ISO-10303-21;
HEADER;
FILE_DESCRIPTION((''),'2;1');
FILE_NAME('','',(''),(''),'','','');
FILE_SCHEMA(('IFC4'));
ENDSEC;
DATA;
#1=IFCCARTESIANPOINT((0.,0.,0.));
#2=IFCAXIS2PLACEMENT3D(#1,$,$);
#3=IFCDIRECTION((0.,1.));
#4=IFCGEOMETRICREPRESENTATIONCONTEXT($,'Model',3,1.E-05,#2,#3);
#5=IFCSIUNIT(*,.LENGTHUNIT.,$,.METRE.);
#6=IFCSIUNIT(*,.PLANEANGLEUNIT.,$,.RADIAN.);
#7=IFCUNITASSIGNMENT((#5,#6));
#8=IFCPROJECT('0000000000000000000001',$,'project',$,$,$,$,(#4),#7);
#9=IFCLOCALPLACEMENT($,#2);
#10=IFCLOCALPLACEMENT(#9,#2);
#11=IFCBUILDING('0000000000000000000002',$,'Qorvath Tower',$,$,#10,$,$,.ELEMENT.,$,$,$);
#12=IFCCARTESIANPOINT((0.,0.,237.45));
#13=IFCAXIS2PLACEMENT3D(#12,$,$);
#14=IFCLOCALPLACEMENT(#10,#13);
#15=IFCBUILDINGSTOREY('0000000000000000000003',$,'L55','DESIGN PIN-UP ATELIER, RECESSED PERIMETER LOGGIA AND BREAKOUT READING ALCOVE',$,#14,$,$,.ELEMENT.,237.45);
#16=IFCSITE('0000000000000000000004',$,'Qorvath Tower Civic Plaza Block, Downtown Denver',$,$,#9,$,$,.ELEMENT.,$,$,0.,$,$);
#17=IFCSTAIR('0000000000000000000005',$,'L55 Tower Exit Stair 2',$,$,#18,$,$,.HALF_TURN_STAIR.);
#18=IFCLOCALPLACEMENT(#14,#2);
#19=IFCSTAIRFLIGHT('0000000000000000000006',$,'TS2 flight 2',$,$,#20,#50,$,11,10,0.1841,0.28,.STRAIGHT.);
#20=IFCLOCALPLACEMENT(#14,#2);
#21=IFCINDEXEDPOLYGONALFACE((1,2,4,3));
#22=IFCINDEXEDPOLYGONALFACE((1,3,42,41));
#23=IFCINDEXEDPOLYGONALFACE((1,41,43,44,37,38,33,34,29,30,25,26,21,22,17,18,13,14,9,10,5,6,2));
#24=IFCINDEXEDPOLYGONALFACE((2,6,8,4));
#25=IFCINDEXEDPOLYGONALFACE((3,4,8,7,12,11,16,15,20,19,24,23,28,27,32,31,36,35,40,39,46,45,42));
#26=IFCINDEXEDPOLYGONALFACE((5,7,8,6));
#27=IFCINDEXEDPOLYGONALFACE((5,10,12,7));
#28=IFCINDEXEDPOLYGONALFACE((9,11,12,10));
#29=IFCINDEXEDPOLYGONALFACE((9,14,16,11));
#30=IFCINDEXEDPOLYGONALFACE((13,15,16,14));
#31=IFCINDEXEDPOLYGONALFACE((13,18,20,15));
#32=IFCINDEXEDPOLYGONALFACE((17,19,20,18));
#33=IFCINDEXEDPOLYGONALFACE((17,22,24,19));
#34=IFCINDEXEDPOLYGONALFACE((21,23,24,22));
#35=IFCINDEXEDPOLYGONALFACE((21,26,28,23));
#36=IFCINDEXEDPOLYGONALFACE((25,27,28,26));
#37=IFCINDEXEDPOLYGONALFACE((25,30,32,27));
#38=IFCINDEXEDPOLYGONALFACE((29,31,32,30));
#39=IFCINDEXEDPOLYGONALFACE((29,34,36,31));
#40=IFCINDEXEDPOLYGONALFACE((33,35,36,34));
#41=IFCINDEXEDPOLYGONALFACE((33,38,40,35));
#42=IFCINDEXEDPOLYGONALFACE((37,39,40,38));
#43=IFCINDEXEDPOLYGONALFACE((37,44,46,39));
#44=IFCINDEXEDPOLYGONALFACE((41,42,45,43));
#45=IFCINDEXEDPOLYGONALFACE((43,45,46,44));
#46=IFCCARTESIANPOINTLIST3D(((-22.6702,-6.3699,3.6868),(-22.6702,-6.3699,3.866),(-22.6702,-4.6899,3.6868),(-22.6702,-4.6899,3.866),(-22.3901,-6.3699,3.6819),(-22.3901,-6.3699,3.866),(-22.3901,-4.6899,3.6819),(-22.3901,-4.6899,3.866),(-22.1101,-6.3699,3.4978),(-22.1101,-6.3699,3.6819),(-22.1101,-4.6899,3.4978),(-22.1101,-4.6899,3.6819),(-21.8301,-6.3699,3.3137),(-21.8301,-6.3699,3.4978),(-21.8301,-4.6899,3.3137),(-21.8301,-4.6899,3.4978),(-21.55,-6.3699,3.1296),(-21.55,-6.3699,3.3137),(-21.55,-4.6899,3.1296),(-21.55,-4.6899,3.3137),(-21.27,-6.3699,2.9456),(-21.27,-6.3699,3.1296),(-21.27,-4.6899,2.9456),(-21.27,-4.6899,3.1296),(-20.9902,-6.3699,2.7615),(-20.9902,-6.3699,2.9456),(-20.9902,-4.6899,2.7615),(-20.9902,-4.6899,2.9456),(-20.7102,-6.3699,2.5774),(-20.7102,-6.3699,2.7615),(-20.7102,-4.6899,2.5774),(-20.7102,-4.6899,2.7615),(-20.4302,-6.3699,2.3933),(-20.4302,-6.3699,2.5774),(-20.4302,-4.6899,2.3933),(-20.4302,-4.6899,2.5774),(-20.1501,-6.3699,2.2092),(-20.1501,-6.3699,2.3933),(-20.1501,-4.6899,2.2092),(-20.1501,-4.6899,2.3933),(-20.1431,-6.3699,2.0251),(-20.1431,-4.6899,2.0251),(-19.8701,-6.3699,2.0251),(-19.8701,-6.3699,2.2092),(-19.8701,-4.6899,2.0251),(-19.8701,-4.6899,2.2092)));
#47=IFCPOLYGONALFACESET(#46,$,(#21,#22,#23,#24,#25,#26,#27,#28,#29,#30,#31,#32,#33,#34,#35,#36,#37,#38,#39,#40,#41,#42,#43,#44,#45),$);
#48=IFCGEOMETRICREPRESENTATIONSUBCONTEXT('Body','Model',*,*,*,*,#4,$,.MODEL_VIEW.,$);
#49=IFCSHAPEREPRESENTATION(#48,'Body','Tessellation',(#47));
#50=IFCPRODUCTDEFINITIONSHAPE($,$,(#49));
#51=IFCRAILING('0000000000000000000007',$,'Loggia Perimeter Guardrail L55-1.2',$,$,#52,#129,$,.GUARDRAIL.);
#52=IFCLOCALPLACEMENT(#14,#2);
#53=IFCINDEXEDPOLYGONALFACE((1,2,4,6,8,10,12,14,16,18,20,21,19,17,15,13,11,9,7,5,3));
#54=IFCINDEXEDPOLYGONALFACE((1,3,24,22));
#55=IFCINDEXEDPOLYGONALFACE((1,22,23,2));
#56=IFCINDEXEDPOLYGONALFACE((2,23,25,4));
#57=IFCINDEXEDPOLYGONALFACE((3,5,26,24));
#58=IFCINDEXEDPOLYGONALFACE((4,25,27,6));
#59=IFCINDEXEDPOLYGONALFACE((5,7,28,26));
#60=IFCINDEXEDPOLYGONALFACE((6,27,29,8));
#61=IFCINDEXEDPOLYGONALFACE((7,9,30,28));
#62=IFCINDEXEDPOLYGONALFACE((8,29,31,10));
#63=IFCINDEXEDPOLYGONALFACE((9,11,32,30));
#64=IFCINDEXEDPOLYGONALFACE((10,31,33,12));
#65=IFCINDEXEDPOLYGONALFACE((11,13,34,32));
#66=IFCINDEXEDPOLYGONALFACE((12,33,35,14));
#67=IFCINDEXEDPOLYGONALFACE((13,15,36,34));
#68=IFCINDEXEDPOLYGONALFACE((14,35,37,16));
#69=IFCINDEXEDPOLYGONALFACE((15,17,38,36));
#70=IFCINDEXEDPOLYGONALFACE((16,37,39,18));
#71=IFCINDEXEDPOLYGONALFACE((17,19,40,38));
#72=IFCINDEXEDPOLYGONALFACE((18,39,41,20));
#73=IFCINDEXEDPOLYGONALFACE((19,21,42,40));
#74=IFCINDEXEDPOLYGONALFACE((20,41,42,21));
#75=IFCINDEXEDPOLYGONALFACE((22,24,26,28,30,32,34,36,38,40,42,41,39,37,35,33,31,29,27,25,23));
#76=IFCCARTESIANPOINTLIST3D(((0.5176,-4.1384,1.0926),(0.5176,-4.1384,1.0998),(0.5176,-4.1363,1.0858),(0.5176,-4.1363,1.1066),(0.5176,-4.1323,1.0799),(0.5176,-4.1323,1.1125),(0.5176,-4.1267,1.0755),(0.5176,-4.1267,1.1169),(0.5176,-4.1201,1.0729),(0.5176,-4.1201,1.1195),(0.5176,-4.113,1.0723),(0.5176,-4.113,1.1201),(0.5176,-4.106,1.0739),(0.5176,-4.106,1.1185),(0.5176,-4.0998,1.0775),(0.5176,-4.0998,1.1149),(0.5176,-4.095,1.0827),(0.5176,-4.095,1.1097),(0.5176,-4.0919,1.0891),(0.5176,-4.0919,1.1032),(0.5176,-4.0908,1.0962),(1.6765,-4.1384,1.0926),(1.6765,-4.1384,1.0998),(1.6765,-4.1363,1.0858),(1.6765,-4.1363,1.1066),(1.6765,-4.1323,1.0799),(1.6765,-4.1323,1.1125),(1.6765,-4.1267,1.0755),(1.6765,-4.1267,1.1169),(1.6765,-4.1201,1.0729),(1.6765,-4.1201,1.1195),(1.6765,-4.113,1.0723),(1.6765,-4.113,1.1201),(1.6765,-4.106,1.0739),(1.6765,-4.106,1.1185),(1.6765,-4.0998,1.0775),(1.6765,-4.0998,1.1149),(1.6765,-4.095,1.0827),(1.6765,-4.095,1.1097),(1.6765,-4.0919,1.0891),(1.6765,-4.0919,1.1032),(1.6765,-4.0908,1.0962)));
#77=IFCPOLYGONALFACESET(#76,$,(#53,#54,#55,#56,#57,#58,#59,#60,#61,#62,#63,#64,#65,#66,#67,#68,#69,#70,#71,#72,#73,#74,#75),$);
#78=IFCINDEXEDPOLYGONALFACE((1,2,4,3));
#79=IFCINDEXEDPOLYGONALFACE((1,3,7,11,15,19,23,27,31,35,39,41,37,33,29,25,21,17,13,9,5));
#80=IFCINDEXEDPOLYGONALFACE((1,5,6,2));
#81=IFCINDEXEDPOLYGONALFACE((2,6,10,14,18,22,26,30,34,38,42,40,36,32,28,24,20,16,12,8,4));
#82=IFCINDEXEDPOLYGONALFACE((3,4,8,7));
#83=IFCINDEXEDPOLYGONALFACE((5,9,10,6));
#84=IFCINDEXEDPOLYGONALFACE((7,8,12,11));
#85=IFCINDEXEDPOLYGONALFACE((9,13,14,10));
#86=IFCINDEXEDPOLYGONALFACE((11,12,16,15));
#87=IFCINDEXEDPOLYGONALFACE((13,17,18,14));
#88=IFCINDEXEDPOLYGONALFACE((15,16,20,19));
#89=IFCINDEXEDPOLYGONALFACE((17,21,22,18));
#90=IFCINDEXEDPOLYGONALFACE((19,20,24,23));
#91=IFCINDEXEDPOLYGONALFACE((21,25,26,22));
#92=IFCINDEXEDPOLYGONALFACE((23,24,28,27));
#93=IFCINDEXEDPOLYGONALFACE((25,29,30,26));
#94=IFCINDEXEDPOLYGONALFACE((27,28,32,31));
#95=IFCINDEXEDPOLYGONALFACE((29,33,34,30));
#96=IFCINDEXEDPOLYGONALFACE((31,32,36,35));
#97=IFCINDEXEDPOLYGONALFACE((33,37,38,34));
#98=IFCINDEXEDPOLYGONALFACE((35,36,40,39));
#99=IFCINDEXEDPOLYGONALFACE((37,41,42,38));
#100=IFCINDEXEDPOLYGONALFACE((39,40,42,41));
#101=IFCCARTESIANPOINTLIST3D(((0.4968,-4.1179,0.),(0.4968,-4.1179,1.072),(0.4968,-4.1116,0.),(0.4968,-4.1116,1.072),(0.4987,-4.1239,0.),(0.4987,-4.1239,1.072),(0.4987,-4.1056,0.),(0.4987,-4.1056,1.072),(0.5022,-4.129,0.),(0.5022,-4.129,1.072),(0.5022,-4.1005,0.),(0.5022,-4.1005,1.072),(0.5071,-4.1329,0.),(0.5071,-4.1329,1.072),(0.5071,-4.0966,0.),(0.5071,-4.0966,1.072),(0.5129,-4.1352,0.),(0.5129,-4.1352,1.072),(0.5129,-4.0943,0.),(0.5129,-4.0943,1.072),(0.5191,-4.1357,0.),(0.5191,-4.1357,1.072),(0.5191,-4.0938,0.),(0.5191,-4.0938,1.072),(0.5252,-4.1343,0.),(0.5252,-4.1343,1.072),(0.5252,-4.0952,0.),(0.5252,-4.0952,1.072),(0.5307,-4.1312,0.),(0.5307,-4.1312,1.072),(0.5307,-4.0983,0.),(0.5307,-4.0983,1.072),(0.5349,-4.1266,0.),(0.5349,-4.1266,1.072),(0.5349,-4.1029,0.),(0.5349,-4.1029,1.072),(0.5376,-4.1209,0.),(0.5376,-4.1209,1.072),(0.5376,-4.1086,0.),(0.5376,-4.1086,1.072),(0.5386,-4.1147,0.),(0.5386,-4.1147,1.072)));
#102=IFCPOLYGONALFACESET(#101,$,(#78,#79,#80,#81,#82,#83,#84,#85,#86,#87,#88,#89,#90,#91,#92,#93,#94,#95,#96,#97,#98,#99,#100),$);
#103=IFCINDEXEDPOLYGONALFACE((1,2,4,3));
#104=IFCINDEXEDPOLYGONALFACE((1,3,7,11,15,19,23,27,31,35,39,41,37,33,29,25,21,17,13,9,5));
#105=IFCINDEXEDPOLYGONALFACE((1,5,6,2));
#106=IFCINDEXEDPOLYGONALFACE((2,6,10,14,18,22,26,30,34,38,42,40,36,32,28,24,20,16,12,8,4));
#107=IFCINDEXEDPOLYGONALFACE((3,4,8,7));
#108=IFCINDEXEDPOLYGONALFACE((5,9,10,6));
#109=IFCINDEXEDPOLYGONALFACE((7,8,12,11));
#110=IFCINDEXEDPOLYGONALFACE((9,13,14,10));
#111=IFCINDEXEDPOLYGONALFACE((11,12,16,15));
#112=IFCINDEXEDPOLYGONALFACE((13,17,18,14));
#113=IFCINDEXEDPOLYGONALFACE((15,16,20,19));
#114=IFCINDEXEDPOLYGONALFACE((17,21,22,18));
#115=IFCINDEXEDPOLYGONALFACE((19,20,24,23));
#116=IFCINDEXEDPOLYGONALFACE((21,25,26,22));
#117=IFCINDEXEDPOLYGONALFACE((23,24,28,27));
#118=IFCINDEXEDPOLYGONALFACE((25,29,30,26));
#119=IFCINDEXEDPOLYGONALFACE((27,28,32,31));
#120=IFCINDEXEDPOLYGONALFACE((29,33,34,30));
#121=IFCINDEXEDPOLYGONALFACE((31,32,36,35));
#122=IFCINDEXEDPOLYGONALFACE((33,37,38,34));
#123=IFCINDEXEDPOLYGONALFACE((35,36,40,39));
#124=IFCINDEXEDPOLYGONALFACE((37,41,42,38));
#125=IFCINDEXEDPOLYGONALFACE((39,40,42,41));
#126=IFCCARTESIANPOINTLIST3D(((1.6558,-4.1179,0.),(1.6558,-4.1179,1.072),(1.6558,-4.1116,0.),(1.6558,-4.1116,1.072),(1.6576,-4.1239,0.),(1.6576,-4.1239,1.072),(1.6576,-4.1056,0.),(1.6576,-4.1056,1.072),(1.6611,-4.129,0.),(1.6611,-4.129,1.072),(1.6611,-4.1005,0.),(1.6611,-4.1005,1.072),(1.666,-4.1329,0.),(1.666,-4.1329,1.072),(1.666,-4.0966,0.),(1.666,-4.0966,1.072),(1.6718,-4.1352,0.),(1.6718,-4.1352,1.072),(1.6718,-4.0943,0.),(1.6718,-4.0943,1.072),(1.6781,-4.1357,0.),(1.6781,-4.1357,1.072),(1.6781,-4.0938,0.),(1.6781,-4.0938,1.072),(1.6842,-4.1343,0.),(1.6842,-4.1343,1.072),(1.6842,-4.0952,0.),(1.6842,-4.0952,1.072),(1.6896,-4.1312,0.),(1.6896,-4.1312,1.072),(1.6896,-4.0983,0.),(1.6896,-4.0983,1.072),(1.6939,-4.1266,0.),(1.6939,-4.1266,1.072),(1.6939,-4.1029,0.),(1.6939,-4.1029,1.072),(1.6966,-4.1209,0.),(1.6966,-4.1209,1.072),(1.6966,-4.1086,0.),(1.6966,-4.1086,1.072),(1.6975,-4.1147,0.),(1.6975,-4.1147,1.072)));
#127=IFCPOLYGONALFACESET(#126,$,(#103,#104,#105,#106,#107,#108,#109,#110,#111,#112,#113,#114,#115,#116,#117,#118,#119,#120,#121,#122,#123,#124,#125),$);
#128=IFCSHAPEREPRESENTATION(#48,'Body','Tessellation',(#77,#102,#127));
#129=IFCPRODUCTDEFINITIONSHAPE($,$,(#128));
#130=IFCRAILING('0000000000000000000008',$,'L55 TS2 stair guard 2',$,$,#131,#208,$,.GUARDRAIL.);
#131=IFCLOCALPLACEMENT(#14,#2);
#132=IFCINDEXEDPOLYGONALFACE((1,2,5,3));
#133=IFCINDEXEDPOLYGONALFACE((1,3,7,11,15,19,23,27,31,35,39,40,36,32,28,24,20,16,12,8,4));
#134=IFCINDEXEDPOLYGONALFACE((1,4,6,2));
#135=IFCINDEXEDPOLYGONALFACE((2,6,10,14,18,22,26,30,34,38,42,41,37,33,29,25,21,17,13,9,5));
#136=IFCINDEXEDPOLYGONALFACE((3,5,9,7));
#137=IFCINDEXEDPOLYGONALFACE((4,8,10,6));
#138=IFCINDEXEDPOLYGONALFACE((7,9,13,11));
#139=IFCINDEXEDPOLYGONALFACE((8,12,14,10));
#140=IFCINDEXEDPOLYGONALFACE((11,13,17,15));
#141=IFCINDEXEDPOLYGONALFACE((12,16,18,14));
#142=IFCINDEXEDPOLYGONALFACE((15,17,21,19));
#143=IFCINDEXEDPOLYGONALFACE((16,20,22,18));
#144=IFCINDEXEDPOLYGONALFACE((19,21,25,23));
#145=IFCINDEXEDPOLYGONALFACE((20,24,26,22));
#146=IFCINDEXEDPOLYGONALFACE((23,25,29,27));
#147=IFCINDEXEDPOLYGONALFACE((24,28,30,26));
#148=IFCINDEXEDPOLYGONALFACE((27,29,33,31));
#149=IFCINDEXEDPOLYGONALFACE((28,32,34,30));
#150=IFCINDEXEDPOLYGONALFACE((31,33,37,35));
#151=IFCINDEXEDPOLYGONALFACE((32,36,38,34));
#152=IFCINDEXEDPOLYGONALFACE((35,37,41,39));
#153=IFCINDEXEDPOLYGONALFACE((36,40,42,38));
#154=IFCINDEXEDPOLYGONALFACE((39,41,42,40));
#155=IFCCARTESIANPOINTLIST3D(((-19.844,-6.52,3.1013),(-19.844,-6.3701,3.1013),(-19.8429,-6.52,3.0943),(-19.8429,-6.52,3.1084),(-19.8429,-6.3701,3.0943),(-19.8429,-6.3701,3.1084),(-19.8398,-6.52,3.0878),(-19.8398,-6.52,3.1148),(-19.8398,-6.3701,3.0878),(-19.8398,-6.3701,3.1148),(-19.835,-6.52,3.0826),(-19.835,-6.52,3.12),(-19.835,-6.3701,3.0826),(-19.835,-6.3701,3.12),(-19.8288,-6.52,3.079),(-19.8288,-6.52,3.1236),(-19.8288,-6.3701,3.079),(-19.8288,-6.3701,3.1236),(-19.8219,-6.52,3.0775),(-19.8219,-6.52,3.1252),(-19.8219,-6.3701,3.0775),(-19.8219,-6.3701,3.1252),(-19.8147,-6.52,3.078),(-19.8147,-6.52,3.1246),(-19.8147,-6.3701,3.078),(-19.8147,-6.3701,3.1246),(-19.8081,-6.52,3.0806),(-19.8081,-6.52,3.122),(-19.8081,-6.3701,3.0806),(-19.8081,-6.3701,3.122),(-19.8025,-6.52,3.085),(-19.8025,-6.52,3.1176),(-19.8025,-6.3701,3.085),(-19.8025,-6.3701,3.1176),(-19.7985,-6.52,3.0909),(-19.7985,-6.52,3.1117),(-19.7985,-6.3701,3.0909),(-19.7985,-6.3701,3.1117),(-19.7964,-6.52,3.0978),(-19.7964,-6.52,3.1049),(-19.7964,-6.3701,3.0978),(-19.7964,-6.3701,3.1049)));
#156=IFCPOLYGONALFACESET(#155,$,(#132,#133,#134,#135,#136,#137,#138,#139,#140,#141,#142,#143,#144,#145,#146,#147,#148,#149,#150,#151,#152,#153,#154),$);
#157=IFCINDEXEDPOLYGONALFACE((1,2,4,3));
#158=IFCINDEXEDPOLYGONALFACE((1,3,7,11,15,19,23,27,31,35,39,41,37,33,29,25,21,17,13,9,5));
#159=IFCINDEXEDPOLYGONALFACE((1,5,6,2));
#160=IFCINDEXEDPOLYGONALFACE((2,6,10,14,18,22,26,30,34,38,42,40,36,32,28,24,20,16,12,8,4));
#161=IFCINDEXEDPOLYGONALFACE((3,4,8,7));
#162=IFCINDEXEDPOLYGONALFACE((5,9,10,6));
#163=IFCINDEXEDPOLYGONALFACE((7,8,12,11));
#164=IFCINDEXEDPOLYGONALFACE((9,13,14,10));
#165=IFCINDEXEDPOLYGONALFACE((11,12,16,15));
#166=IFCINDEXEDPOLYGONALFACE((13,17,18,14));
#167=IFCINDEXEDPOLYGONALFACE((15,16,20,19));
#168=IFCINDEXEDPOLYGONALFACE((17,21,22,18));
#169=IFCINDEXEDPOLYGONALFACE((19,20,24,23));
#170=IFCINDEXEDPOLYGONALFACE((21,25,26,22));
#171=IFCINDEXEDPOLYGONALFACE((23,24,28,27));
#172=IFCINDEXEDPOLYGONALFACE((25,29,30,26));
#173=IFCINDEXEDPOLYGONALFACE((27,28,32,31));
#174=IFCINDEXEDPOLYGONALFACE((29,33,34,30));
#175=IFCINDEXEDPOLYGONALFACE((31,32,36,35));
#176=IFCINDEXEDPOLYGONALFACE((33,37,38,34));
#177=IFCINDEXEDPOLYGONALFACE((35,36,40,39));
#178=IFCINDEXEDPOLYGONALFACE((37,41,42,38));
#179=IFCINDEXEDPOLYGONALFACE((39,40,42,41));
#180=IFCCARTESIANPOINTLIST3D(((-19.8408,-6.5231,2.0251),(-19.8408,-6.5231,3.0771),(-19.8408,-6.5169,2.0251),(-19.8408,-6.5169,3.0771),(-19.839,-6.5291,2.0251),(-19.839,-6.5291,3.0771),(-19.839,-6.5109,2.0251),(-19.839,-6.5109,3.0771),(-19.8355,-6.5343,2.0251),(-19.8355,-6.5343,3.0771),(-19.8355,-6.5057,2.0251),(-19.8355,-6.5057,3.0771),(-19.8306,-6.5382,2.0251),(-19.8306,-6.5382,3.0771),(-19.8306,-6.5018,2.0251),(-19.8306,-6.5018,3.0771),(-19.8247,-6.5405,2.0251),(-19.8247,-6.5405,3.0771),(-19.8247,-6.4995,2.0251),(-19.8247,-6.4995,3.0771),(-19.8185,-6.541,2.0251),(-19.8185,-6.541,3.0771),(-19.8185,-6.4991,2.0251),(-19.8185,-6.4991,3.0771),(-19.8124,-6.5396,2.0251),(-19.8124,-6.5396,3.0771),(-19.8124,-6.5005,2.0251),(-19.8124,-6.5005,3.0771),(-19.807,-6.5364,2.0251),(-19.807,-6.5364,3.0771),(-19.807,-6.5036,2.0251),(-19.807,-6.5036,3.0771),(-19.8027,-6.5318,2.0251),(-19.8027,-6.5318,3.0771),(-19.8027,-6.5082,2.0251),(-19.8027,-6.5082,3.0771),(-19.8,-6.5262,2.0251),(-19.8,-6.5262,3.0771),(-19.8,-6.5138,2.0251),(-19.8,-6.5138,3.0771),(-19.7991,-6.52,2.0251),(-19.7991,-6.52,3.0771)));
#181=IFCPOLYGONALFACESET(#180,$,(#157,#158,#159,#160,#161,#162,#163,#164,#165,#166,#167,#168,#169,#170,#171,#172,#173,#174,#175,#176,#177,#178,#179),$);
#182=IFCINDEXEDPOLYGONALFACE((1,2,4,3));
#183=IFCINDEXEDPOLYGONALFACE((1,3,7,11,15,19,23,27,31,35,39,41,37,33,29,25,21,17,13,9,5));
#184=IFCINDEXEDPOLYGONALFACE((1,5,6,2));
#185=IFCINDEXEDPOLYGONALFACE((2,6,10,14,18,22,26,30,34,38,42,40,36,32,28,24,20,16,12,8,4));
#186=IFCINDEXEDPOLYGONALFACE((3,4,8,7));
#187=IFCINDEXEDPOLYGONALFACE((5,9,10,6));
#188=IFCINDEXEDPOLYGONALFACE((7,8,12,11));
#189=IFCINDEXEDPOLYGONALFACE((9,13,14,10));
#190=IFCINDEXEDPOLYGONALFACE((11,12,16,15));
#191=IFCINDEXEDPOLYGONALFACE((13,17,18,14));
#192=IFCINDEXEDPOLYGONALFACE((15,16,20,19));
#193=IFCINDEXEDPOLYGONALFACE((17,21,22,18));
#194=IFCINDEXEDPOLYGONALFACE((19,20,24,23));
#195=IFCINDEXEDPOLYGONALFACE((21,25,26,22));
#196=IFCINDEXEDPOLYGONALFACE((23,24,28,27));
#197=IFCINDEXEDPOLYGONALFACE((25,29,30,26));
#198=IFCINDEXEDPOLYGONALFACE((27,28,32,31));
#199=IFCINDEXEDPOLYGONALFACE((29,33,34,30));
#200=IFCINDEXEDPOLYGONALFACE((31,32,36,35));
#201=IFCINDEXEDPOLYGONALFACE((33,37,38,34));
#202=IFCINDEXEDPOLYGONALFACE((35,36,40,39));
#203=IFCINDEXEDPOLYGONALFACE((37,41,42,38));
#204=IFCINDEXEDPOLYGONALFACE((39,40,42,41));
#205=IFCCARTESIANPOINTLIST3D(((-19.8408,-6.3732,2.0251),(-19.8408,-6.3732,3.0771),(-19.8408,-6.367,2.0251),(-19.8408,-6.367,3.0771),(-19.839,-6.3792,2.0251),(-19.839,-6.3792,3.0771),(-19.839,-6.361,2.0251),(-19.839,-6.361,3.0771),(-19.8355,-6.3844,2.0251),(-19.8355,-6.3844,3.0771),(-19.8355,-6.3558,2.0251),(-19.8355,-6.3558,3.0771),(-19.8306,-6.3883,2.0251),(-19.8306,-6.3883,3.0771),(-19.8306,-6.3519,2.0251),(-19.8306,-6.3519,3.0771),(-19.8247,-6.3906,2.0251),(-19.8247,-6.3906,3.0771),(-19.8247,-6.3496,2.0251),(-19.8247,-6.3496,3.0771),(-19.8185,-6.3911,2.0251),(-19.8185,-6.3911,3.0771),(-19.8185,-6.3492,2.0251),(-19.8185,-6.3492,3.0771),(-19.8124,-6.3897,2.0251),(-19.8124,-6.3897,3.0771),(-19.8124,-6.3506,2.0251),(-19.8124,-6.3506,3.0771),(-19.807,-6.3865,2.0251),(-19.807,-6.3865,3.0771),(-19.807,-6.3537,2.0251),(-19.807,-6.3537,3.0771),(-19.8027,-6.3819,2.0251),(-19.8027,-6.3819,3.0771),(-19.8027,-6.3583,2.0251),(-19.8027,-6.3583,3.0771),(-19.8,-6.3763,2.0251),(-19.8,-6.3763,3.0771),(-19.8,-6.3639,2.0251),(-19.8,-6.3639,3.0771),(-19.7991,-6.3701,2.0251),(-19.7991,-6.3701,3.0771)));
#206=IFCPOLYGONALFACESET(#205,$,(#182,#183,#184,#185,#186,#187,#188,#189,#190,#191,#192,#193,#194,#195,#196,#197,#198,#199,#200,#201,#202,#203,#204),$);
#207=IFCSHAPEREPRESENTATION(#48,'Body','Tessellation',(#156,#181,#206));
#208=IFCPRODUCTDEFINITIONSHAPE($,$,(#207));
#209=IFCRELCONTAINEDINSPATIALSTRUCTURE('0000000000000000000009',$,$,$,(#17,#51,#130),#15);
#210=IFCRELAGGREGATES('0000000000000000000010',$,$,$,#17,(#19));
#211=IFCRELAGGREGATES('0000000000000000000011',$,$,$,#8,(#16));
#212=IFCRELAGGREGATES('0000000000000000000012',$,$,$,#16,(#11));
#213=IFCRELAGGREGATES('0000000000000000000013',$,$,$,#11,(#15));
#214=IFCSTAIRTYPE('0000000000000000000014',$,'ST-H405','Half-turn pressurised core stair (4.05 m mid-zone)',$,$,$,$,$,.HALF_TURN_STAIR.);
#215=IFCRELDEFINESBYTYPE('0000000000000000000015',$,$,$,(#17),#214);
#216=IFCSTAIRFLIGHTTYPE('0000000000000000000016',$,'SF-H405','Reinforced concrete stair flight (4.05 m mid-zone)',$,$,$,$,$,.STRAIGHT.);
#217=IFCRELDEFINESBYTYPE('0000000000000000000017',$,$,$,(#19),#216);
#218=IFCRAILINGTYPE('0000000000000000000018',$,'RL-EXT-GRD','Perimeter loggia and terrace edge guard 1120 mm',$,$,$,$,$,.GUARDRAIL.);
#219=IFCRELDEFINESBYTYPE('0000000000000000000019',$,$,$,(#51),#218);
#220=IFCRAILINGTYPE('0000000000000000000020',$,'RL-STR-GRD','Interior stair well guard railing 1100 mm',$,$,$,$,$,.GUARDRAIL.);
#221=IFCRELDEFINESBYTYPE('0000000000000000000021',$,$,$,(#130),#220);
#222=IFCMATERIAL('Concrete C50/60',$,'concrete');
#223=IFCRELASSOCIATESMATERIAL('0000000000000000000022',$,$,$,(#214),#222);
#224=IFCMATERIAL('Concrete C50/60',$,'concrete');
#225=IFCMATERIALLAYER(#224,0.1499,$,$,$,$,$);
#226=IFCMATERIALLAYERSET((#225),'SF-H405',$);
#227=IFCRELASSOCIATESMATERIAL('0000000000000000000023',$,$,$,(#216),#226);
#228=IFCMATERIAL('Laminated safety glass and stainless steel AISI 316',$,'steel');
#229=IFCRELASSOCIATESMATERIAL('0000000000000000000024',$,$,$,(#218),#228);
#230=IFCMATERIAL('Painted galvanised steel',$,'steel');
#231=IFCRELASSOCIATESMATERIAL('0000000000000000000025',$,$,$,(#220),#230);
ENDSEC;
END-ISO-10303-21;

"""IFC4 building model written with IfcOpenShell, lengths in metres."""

from ifc_helpers import new_model, si_unit, direction, frame, origin, origin_2d, place, context, subcontext, project, spatial, polyline, circle, outline, extrude, material, layer, layer_set, type_object, element, aggregate, save


model = new_model("IFC4")

# Units and contexts
model_context = context("Model", 3, precision=1e-05, world=origin(), true_north=direction((0.0, 1.0)))
body_context = subcontext(model_context, "Body", "Model", "MODEL_VIEW")
ifc_project = project(units=[si_unit("LENGTHUNIT", "METRE"), si_unit("PLANEANGLEUNIT", "RADIAN")], contexts=[model_context])

# Site, building, storey
site_placement = place(None, origin())
site = spatial("IfcSite", under=ifc_project, at=site_placement, Name="Qorvath Tower Civic Plaza Block, Downtown Denver", CompositionType="ELEMENT", RefElevation=0.0)
building_placement = place(site_placement, origin())
building = spatial("IfcBuilding", under=site, at=building_placement, Name="Qorvath Tower", CompositionType="ELEMENT")
storey_placement = place(building_placement, frame((0.0, 0.0, 237.45)))
storey = spatial("IfcBuildingStorey", under=building, at=storey_placement, Name="L55", Description="DESIGN PIN-UP ATELIER, RECESSED PERIMETER LOGGIA AND BREAKOUT READING ALCOVE", CompositionType="ELEMENT", Elevation=237.45)

# Stair, stair flight
ifc_material_1 = material(Name="Concrete C50/60", Category="concrete")
stair_type = type_object("IfcStairType", Name="ST-H405", Description="Half-turn pressurised core stair (4.05 m mid-zone)", PredefinedType="HALF_TURN_STAIR", material=ifc_material_1)
stair_placement = place(storey_placement, origin())
stair = element("IfcStair", 1, at=stair_placement, inside=storey, type_object=stair_type, Name="L55 Tower Exit Stair 2", PredefinedType="HALF_TURN_STAIR")
ifc_material_2 = material(Name="Concrete C50/60", Category="concrete")
ifc_layer_1 = layer(ifc_material_2, 0.1499)
ifc_layer_set_1 = layer_set([ifc_layer_1], Name="SF-H405")
stair_flight_type = type_object("IfcStairFlightType", Name="SF-H405", Description="Reinforced concrete stair flight (4.05 m mid-zone)", PredefinedType="STRAIGHT", material=ifc_layer_set_1)
stair_flight_placement = place(storey_placement, frame((-19.8701, -5.53, 2.0251), z_axis=(0.0, 0.0, 1.0), x_axis=(-1.0, 0.0, 0.0)))
stair_flight = element("IfcStairFlight", 2, at=stair_flight_placement, type_object=stair_flight_type, Name="TS2 flight 2", NumberOfRisers=11, NumberOfTreads=10, PredefinedType="STRAIGHT", RiserHeight=0.1841, TreadLength=0.28, context=body_context, shape_type="SweptSolid", body=[
    extrude(outline(polyline([(0.0, 0.0), (0.0, 0.1841), (0.28, 0.1841), (0.28, 0.3682), (0.5601, 0.3682), (0.5601, 0.5522), (0.8401, 0.5522), (0.8401, 0.7363), (1.1201, 0.7363), (1.1201, 0.9204), (1.3999, 0.9204), (1.3999, 1.1045), (1.6799, 1.1045), (1.6799, 1.2886), (1.96, 1.2886), (1.96, 1.4727), (2.24, 1.4727), (2.24, 1.6567), (2.52, 1.6567), (2.52, 1.8408), (2.8, 1.8408), (2.8, 2.0249), (2.8, 1.6616), (0.2729, 0.0), (0.0, 0.0)])), frame((0.0, 0.8398, 0.0), z_axis=(0.0, -1.0, 0.0), x_axis=(1.0, 0.0, 0.0)), (0.0, 0.0, 1.0), 1.6799),
])
aggregate(stair, [stair_flight])

# Railings
ifc_material_3 = material(Name="Laminated safety glass and stainless steel AISI 316", Category="steel")
railing_type_1 = type_object("IfcRailingType", Name="RL-EXT-GRD", Description="Perimeter loggia and terrace edge guard 1120 mm", PredefinedType="GUARDRAIL", material=ifc_material_3)
railing_1_placement = place(storey_placement, frame((0.5176, -4.1147, 0.0)))
element("IfcRailing", 3, at=railing_1_placement, inside=storey, type_object=railing_type_1, Name="Loggia Perimeter Guardrail L55-1.2", PredefinedType="GUARDRAIL", context=body_context, shape_type="SweptSolid", body=[
    extrude(circle(Radius=0.0239, at=origin_2d()), frame((0.0, 0.0, 1.0962), z_axis=(1.0, 0.0, 0.0), x_axis=(0.0, 1.0, 0.0)), (0.0, 0.0, 1.0), 1.1589),
    extrude(circle(Radius=0.021, at=origin_2d()), origin(), (0.0, 0.0, 1.0), 1.072),
    extrude(circle(Radius=0.021, at=origin_2d()), frame((1.1589, 0.0, 0.0)), (0.0, 0.0, 1.0), 1.072),
])
ifc_material_4 = material(Name="Painted galvanised steel", Category="steel")
railing_type_2 = type_object("IfcRailingType", Name="RL-STR-GRD", Description="Interior stair well guard railing 1100 mm", PredefinedType="GUARDRAIL", material=ifc_material_4)
railing_2_placement = place(storey_placement, frame((-19.8201, -6.52, 2.0251)))
element("IfcRailing", 4, at=railing_2_placement, inside=storey, type_object=railing_type_2, Name="L55 TS2 stair guard 2", PredefinedType="GUARDRAIL", context=body_context, shape_type="SweptSolid", body=[
    extrude(circle(Radius=0.0239, at=origin_2d()), frame((0.0, 0.0, 1.0762), z_axis=(0.0, 1.0, 0.0), x_axis=(-1.0, 0.0, 0.0)), (0.0, 0.0, 1.0), 0.1499),
    extrude(circle(Radius=0.021, at=origin_2d()), origin(), (0.0, 0.0, 1.0), 1.052),
    extrude(circle(Radius=0.021, at=origin_2d()), frame((0.0, 0.1499, 0.0)), (0.0, 0.0, 1.0), 1.052),
])

save(model, "model.ifc")
